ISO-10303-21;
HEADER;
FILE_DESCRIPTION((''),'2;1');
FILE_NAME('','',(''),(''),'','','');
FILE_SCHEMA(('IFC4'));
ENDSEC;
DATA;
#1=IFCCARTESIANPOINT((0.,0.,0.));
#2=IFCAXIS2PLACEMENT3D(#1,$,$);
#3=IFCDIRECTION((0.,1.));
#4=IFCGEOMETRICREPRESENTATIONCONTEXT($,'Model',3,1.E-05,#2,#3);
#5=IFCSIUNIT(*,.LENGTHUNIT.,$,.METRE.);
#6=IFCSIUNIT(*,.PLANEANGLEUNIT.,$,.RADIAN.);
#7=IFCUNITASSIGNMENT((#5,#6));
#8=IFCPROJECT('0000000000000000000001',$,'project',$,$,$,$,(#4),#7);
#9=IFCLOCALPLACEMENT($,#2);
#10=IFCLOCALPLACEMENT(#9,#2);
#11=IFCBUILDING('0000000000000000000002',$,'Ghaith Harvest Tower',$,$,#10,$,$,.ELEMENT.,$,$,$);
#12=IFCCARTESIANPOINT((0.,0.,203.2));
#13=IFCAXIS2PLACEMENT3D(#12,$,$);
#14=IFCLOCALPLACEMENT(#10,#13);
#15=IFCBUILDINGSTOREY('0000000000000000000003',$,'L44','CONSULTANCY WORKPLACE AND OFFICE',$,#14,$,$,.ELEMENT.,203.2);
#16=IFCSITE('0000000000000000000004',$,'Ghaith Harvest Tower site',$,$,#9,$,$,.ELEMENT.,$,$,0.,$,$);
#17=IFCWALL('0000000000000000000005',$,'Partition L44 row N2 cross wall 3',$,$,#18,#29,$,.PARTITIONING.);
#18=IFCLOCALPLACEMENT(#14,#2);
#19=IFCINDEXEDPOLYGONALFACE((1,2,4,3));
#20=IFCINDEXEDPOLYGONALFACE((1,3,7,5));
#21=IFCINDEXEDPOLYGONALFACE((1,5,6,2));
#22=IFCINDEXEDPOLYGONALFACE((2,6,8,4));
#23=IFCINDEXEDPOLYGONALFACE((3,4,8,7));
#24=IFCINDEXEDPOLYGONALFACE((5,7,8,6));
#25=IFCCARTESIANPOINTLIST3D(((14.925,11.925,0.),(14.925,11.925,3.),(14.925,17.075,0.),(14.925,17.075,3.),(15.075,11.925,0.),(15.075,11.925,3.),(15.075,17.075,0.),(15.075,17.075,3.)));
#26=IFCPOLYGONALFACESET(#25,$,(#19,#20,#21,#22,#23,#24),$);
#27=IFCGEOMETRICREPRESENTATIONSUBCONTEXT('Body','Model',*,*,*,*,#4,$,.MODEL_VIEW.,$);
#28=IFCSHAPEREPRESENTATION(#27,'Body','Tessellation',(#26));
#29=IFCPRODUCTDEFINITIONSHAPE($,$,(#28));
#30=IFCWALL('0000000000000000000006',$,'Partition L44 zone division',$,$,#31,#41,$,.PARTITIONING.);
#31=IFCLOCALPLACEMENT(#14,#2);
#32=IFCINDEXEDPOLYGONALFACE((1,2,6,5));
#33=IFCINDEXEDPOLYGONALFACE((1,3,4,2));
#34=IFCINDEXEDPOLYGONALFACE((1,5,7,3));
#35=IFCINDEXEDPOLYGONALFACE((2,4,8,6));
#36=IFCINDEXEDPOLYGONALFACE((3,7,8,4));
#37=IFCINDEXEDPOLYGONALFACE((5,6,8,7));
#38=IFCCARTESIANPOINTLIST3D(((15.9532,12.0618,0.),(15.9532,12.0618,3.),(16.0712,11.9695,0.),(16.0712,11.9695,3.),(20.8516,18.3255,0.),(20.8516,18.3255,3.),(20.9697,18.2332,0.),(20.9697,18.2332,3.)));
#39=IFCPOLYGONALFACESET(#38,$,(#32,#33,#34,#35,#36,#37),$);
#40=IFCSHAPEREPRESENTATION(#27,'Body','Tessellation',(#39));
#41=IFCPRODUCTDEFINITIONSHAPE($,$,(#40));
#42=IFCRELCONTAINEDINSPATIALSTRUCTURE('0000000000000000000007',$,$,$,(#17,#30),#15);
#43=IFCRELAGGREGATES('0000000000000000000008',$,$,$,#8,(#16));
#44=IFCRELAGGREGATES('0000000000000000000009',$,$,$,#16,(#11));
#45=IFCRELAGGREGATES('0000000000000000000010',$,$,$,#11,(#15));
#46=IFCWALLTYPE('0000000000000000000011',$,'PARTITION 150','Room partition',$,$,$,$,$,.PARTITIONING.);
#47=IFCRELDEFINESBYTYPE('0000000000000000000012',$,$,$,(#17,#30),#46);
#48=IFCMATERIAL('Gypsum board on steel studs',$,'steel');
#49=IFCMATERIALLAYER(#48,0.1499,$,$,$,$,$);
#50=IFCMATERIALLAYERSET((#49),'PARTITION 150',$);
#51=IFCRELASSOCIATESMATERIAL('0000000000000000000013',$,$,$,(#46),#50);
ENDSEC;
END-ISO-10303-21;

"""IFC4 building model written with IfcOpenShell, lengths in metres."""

from ifc_helpers import new_model, si_unit, direction, frame, frame_2d, origin, place, context, subcontext, project, spatial, rectangle, extrude, material, layer, layer_set, type_object, element, save


model = new_model("IFC4")

# Units and contexts
model_context = context("Model", 3, precision=1e-05, world=origin(), true_north=direction((0.0, 1.0)))
body_context = subcontext(model_context, "Body", "Model", "MODEL_VIEW")
ifc_project = project(units=[si_unit("LENGTHUNIT", "METRE"), si_unit("PLANEANGLEUNIT", "RADIAN")], contexts=[model_context])

# Site, building, storey
site_placement = place(None, origin())
site = spatial("IfcSite", under=ifc_project, at=site_placement, Name="Ghaith Harvest Tower site", CompositionType="ELEMENT", RefElevation=0.0)
building_placement = place(site_placement, origin())
building = spatial("IfcBuilding", under=site, at=building_placement, Name="Ghaith Harvest Tower", CompositionType="ELEMENT")
storey_placement = place(building_placement, frame((0.0, 0.0, 203.2)))
storey = spatial("IfcBuildingStorey", under=building, at=storey_placement, Name="L44", Description="CONSULTANCY WORKPLACE AND OFFICE", CompositionType="ELEMENT", Elevation=203.2)

# Walls
ifc_material_1 = material(Name="Gypsum board on steel studs", Category="steel")
ifc_layer_1 = layer(ifc_material_1, 0.1499)
ifc_layer_set_1 = layer_set([ifc_layer_1], Name="PARTITION 150")
wall_type_1 = type_object("IfcWallType", Name="PARTITION 150", Description="Room partition", PredefinedType="PARTITIONING", material=ifc_layer_set_1)
wall_1_placement = place(storey_placement, frame((15.0, 11.925, 0.0), z_axis=(0.0, 0.0, 1.0), x_axis=(0.0, 1.0, 0.0)))
element("IfcWall", 1, at=wall_1_placement, inside=storey, type_object=wall_type_1, Name="Partition L44 row N2 cross wall 3", PredefinedType="PARTITIONING", context=body_context, shape_type="SweptSolid", body=[
    extrude(rectangle(XDim=5.1499, YDim=0.1499, at=frame_2d((2.575, 0.0))), origin(), (0.0, 0.0, 1.0), 3.0),
])
wall_2_placement = place(storey_placement, frame((16.0122, 12.0156, 0.0), z_axis=(0.0, 0.0, 1.0), x_axis=(0.61603, 0.787723, 0.0)))
element("IfcWall", 2, at=wall_2_placement, inside=storey, type_object=wall_type_1, Name="Partition L44 zone division", PredefinedType="PARTITIONING", context=body_context, shape_type="SweptSolid", body=[
    extrude(rectangle(XDim=7.9517, YDim=0.1499, at=frame_2d((3.9758, 0.0))), origin(), (0.0, 0.0, 1.0), 3.0),
])

save(model, "model.ifc")
